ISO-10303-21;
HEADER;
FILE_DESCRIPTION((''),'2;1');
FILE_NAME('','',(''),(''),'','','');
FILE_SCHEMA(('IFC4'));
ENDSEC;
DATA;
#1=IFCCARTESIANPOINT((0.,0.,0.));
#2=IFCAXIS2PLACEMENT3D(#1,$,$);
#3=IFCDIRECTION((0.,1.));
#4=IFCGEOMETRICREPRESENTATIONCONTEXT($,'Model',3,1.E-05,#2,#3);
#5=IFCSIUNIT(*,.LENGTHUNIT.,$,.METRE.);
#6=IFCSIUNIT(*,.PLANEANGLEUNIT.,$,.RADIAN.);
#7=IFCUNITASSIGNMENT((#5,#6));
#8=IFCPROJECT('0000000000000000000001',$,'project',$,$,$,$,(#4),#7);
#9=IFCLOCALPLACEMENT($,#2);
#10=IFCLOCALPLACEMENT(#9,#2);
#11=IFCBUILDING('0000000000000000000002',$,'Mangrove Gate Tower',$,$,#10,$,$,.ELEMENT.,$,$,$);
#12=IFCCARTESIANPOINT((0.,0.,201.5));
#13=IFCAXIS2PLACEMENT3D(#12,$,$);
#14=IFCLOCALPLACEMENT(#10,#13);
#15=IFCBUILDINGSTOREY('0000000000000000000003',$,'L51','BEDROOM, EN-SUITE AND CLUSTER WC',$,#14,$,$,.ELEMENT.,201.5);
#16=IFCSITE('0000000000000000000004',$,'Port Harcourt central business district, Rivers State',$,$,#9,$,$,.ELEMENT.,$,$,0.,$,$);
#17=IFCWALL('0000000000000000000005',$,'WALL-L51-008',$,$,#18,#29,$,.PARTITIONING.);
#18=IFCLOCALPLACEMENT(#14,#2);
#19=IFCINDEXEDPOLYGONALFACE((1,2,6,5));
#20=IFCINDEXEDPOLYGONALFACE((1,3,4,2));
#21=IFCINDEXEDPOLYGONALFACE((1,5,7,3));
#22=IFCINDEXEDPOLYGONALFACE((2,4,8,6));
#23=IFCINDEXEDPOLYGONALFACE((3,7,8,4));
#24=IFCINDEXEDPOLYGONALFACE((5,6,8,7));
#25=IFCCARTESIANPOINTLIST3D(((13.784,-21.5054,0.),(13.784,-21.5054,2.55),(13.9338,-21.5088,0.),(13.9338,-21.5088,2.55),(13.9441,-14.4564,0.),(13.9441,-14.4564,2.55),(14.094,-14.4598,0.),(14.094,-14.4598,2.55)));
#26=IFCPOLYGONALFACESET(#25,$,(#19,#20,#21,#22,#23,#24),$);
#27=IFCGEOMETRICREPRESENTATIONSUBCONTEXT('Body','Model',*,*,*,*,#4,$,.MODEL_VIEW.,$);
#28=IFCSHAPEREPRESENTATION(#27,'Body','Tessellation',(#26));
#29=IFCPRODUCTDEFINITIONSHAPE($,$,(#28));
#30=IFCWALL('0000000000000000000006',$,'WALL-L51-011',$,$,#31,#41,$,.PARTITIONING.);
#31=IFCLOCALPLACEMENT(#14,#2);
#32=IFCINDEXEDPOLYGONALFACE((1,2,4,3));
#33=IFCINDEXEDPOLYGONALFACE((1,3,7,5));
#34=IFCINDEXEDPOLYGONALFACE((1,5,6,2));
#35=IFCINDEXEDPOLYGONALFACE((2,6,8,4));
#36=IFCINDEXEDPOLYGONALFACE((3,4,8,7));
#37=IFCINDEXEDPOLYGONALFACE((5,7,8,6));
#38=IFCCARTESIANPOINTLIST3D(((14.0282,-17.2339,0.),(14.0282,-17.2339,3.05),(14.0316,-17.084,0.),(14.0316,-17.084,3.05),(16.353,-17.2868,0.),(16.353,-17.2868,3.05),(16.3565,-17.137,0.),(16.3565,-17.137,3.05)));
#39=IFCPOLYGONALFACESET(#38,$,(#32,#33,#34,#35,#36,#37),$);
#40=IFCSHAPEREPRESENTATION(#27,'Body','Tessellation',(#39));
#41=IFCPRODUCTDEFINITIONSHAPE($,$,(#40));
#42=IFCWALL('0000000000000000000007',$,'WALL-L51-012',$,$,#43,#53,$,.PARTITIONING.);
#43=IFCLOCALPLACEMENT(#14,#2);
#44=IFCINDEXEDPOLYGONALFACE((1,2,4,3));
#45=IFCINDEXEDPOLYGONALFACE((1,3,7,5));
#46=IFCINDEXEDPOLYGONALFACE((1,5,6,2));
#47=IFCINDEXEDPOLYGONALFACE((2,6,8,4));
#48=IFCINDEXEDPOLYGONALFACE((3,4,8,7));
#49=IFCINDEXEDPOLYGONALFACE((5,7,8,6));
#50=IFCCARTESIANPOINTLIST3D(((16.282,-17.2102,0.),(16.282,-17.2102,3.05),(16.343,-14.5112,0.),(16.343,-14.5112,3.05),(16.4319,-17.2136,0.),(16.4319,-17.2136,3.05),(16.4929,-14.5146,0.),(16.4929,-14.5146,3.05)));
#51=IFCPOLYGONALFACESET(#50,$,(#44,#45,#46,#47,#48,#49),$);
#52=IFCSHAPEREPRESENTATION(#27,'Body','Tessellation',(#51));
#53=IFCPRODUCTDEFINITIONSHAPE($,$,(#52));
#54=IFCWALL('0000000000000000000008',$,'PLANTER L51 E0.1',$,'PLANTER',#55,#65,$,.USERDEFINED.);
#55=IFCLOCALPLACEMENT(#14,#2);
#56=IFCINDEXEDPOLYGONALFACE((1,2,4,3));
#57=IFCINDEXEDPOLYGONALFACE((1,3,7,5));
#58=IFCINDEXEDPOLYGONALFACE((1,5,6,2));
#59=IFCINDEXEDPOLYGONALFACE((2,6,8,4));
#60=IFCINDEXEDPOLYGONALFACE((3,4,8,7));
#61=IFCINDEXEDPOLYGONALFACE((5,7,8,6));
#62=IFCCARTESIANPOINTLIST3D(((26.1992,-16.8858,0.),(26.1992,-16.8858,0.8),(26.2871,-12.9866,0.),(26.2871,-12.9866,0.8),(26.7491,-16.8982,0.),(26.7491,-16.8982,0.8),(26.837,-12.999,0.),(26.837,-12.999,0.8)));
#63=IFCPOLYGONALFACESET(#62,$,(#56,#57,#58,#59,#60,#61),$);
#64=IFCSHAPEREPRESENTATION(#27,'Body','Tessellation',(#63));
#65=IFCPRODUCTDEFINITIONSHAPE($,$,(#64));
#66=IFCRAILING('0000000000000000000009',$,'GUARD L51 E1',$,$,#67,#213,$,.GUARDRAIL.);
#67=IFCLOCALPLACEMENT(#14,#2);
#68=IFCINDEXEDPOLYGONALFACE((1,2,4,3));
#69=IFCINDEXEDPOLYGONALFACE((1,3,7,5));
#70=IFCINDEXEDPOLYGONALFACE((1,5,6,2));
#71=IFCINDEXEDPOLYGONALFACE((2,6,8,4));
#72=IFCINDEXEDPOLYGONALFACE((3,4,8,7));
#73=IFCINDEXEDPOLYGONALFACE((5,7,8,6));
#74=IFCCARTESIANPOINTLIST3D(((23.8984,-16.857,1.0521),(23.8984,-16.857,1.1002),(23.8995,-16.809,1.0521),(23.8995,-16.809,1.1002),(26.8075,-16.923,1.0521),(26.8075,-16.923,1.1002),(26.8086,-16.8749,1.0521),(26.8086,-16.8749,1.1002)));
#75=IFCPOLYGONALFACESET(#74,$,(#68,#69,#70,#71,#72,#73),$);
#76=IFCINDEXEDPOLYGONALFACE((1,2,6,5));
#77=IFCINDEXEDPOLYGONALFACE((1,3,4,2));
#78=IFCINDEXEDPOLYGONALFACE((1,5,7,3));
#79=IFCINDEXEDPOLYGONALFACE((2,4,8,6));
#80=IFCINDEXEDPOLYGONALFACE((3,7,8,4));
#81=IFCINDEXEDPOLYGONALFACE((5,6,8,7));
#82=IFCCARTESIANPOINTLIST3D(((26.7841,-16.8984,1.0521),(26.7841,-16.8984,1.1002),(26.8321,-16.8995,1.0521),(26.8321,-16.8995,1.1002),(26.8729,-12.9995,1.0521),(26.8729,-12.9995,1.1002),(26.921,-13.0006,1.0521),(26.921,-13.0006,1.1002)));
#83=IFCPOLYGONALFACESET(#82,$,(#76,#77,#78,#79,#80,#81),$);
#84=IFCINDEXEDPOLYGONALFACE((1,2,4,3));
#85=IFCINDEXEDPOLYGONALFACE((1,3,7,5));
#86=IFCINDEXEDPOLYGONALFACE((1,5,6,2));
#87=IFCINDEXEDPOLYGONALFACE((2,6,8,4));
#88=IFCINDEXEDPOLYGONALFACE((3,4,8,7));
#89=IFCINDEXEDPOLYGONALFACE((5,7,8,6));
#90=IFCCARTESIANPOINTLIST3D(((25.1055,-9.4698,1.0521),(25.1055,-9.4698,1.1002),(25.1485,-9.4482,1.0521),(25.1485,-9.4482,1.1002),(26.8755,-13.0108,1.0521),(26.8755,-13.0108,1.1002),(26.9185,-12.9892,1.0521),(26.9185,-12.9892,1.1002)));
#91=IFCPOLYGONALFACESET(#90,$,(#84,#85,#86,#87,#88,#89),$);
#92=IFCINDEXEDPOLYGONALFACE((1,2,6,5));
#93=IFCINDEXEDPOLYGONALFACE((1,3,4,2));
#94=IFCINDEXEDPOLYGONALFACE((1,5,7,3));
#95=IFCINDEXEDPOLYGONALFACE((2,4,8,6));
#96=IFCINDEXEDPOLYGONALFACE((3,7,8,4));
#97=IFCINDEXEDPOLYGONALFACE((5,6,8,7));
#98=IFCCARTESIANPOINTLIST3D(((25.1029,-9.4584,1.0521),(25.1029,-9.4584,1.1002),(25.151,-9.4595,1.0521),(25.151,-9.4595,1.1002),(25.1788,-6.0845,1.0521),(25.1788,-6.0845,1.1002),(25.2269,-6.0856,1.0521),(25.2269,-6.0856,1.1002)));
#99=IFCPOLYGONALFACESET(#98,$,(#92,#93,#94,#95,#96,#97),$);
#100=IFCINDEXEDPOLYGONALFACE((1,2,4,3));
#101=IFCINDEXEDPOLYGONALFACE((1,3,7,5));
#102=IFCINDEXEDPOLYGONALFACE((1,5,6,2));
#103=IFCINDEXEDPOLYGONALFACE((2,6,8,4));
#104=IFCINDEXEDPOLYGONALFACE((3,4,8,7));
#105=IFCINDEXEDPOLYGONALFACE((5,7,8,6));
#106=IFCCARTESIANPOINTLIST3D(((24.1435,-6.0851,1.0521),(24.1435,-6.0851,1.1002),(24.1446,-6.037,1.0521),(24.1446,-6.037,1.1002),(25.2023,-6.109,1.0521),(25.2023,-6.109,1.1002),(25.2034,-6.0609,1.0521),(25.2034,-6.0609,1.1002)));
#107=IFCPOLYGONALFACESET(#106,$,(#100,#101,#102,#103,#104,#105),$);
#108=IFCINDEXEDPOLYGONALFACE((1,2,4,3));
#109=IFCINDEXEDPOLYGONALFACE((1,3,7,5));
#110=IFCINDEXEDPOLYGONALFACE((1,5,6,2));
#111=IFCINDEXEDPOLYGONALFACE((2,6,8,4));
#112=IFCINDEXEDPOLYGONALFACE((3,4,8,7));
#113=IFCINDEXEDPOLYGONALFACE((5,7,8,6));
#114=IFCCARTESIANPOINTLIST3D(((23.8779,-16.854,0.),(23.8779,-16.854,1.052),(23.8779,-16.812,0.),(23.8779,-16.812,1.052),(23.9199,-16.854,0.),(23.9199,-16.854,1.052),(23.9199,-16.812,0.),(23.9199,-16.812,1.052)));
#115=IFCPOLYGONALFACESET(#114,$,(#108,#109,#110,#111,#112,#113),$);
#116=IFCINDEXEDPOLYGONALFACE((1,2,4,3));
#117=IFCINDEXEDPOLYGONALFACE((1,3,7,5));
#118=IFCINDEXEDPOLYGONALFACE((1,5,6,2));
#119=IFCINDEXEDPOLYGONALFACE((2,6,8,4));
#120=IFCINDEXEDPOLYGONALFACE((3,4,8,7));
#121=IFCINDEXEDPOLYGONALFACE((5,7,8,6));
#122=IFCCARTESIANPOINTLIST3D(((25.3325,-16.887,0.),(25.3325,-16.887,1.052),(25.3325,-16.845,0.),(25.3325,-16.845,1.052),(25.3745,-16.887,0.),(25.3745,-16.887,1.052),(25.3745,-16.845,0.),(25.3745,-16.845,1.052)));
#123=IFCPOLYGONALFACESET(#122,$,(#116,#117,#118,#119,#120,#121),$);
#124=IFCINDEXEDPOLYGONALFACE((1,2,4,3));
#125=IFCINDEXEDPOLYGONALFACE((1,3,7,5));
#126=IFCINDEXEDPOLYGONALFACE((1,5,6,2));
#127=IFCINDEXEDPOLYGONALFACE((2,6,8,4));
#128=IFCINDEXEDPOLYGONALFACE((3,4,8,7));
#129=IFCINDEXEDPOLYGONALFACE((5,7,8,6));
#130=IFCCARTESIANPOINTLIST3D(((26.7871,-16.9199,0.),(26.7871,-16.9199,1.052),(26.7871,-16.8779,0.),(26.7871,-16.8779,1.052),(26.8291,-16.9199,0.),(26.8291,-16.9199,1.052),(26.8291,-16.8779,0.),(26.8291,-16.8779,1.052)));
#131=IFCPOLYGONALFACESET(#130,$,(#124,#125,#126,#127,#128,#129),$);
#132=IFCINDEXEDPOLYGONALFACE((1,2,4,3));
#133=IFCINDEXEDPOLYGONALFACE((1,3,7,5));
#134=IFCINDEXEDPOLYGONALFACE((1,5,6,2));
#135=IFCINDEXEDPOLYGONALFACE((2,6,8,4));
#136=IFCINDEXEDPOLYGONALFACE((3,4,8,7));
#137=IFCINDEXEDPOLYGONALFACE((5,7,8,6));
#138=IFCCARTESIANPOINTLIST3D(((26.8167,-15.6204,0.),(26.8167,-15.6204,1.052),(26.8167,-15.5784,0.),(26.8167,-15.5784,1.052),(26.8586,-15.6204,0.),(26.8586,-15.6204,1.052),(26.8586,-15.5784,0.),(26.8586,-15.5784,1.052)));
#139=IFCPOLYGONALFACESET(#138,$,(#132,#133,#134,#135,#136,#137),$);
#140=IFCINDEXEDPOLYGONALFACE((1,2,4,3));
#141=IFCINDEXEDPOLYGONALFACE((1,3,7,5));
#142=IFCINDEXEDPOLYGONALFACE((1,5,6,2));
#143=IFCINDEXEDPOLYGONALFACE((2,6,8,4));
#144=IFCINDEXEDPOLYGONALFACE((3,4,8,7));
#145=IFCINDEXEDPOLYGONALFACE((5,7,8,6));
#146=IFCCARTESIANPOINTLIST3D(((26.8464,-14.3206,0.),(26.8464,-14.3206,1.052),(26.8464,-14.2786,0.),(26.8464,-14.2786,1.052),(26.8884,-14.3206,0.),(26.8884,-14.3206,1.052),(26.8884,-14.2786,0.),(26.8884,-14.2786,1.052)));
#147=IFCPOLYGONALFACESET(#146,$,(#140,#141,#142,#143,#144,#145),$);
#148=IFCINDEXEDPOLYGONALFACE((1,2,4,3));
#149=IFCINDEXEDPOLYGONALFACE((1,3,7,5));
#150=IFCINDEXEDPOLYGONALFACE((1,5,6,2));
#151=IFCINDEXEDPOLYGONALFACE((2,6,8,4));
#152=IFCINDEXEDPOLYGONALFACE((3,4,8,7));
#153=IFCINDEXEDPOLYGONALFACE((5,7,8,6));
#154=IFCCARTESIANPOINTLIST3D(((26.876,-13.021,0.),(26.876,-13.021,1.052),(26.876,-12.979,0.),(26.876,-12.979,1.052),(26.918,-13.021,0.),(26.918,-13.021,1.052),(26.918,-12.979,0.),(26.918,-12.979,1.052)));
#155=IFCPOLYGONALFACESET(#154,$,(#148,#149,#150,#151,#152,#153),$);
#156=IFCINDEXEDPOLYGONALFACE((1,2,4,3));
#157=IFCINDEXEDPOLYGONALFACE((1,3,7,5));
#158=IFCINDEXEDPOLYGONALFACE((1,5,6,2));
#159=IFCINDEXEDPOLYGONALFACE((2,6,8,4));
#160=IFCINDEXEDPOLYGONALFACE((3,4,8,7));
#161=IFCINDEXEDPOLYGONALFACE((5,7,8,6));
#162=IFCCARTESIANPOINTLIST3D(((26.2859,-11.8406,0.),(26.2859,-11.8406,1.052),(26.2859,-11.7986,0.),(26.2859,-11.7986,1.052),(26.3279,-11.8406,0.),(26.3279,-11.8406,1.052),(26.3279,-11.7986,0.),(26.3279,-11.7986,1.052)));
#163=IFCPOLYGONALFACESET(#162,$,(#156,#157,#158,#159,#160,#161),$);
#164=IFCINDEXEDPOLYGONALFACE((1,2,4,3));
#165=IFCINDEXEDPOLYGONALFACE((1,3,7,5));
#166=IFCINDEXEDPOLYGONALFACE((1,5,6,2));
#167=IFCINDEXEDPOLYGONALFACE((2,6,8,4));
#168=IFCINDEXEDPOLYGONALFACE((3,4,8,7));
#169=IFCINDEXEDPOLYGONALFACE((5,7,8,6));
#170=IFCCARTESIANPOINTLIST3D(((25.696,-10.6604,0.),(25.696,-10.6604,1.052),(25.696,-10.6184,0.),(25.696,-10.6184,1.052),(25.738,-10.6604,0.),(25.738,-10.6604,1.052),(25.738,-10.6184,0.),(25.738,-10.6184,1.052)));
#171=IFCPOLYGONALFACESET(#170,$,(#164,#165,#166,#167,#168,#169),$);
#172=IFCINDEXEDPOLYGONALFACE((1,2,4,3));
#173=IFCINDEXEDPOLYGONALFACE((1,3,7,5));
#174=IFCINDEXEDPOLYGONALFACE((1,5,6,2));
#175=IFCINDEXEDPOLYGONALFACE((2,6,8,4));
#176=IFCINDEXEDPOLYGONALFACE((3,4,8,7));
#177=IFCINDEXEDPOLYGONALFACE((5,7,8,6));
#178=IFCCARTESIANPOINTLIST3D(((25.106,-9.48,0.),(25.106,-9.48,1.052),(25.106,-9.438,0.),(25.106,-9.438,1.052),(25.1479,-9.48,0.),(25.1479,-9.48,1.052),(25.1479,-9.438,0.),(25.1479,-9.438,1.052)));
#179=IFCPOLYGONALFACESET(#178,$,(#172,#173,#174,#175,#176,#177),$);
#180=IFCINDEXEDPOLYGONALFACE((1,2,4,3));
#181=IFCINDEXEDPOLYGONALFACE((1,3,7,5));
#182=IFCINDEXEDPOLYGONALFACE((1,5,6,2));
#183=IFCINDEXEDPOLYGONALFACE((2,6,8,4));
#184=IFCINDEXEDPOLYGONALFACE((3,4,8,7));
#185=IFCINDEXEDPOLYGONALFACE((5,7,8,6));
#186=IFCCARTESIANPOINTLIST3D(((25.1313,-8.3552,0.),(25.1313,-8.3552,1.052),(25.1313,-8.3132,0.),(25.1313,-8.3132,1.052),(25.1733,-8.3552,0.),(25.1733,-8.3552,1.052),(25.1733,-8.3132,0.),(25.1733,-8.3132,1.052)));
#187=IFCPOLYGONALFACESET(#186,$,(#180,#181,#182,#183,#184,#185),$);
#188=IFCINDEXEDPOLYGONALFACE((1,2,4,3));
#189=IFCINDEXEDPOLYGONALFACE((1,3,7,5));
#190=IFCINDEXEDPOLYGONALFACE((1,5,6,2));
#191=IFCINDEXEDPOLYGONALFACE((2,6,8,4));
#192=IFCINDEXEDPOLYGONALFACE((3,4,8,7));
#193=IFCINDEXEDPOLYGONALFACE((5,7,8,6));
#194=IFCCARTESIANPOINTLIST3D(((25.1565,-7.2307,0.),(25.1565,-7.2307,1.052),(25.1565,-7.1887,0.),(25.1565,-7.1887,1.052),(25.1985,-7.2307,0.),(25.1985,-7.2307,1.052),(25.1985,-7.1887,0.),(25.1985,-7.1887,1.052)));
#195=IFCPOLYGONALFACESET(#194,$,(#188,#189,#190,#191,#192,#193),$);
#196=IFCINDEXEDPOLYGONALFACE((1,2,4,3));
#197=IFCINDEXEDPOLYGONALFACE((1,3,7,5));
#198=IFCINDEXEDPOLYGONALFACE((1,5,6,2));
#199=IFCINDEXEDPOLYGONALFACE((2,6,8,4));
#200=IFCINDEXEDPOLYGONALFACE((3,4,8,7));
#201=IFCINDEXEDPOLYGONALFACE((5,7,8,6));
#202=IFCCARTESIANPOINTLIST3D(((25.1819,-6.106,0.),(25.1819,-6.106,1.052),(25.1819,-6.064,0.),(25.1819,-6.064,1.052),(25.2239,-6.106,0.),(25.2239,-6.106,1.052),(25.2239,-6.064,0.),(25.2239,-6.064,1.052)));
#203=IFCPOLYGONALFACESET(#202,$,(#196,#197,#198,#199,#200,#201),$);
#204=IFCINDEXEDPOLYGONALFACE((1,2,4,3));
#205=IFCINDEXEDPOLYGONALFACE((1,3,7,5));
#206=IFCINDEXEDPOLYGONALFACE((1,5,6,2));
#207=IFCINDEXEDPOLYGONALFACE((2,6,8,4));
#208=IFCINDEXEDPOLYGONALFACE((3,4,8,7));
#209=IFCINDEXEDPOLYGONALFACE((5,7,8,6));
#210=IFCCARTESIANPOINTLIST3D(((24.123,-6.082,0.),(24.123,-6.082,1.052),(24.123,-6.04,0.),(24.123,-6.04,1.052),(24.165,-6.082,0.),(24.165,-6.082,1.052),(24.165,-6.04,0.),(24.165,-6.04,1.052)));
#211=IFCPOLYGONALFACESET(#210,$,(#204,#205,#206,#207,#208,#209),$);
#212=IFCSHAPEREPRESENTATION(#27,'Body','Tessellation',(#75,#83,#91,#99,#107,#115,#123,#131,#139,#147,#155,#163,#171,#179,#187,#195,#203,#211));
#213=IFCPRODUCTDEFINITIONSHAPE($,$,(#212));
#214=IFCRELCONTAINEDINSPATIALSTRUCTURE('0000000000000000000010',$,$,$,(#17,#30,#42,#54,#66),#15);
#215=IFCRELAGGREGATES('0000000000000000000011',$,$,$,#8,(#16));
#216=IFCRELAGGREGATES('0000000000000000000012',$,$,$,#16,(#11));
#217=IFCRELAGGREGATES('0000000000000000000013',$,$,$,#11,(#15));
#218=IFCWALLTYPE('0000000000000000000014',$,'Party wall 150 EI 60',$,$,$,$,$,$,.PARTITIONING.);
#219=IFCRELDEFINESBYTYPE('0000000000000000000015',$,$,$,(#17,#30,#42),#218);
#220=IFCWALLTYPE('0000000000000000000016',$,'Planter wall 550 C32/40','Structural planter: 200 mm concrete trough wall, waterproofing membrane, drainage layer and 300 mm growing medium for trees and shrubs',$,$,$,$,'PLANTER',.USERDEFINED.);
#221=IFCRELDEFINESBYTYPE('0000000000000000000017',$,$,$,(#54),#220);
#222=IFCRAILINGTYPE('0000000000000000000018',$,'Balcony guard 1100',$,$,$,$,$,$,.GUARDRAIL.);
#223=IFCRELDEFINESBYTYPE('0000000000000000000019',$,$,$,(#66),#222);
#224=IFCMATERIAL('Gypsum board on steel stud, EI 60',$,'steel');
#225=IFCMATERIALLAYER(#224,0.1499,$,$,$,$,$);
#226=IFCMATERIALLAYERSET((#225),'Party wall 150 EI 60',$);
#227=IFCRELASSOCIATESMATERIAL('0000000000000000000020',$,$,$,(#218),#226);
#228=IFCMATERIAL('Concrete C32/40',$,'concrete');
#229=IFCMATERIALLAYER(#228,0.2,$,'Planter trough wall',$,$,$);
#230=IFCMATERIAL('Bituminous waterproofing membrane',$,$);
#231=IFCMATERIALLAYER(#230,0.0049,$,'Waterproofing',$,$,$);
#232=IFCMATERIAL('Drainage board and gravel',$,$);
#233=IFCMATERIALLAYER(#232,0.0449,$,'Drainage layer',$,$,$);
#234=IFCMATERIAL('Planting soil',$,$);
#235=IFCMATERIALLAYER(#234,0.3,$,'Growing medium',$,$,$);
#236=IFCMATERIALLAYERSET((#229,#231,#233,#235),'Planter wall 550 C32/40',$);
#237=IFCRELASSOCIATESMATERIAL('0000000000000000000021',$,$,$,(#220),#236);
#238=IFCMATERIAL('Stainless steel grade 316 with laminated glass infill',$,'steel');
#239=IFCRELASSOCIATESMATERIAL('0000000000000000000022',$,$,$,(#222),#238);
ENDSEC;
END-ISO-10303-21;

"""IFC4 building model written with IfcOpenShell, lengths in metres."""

from ifc_helpers import new_model, si_unit, direction, frame, frame_2d, origin, origin_2d, place, context, subcontext, project, spatial, rectangle, extrude, material, layer, layer_set, type_object, element, save


model = new_model("IFC4")

# Units and contexts
model_context = context("Model", 3, precision=1e-05, world=origin(), true_north=direction((0.0, 1.0)))
body_context = subcontext(model_context, "Body", "Model", "MODEL_VIEW")
ifc_project = project(units=[si_unit("LENGTHUNIT", "METRE"), si_unit("PLANEANGLEUNIT", "RADIAN")], contexts=[model_context])

# Site, building, storey
site_placement = place(None, origin())
site = spatial("IfcSite", under=ifc_project, at=site_placement, Name="Port Harcourt central business district, Rivers State", CompositionType="ELEMENT", RefElevation=0.0)
building_placement = place(site_placement, origin())
building = spatial("IfcBuilding", under=site, at=building_placement, Name="Mangrove Gate Tower", CompositionType="ELEMENT")
storey_placement = place(building_placement, frame((0.0, 0.0, 201.5)))
storey = spatial("IfcBuildingStorey", under=building, at=storey_placement, Name="L51", Description="BEDROOM, EN-SUITE AND CLUSTER WC", CompositionType="ELEMENT", Elevation=201.5)

# Walls
ifc_material_1 = material(Name="Gypsum board on steel stud, EI 60", Category="steel")
ifc_layer_1 = layer(ifc_material_1, 0.1499)
ifc_layer_set_1 = layer_set([ifc_layer_1], Name="Party wall 150 EI 60")
wall_type_1 = type_object("IfcWallType", Name="Party wall 150 EI 60", PredefinedType="PARTITIONING", material=ifc_layer_set_1)
wall_1_placement = place(storey_placement, frame((13.8589, -21.5071, 0.0), z_axis=(0.0, 0.0, 1.0), x_axis=(0.022714, 0.999742, 0.0)))
element("IfcWall", 1, at=wall_1_placement, inside=storey, type_object=wall_type_1, Name="WALL-L51-008", PredefinedType="PARTITIONING", context=body_context, shape_type="SweptSolid", body=[
    extrude(rectangle(XDim=7.0508, YDim=0.1499, at=frame_2d((3.5254, 0.0))), origin(), (0.0, 0.0, 1.0), 2.55),
])
wall_2_placement = place(storey_placement, frame((14.03, -17.1589, 0.0), z_axis=(0.0, 0.0, 1.0), x_axis=(0.99974, -0.022781, 0.0)))
element("IfcWall", 2, at=wall_2_placement, inside=storey, type_object=wall_type_1, Name="WALL-L51-011", PredefinedType="PARTITIONING", context=body_context, shape_type="SweptSolid", body=[
    extrude(rectangle(XDim=2.3254, YDim=0.1499, at=frame_2d((1.1626, 0.0))), origin(), (0.0, 0.0, 1.0), 3.05),
])
wall_3_placement = place(storey_placement, frame((16.3569, -17.2119, 0.0), z_axis=(0.0, 0.0, 1.0), x_axis=(0.022608, 0.999744, 0.0)))
element("IfcWall", 3, at=wall_3_placement, inside=storey, type_object=wall_type_1, Name="WALL-L51-012", PredefinedType="PARTITIONING", context=body_context, shape_type="SweptSolid", body=[
    extrude(rectangle(XDim=2.6997, YDim=0.1499, at=frame_2d((1.3499, 0.0))), origin(), (0.0, 0.0, 1.0), 3.05),
])
ifc_material_2 = material(Name="Concrete C32/40", Category="concrete")
ifc_layer_2 = layer(ifc_material_2, 0.2, Name="Planter trough wall")
ifc_material_3 = material(Name="Bituminous waterproofing membrane")
ifc_layer_3 = layer(ifc_material_3, 0.0049, Name="Waterproofing")
ifc_material_4 = material(Name="Drainage board and gravel")
ifc_layer_4 = layer(ifc_material_4, 0.0449, Name="Drainage layer")
ifc_material_5 = material(Name="Planting soil")
ifc_layer_5 = layer(ifc_material_5, 0.3, Name="Growing medium")
ifc_layer_set_2 = layer_set([ifc_layer_2, ifc_layer_3, ifc_layer_4, ifc_layer_5], Name="Planter wall 550 C32/40")
wall_type_2 = type_object("IfcWallType", Name="Planter wall 550 C32/40", Description="Structural planter: 200 mm concrete trough wall, waterproofing membrane, drainage layer and 300 mm growing medium for trees and shrubs", ElementType="PLANTER", PredefinedType="USERDEFINED", material=ifc_layer_set_2)
wall_4_placement = place(storey_placement, frame((26.4741, -16.8921, 0.0), z_axis=(0.0, 0.0, 1.0), x_axis=(0.022535, 0.999746, 0.0)))
element("IfcWall", 4, at=wall_4_placement, inside=storey, type_object=wall_type_2, Name="PLANTER L51 E0.1", ObjectType="PLANTER", PredefinedType="USERDEFINED", context=body_context, shape_type="SweptSolid", body=[
    extrude(rectangle(XDim=3.9001, YDim=0.55, at=frame_2d((1.9502, 0.0))), origin(), (0.0, 0.0, 1.0), 0.8),
])

# Railing
ifc_material_6 = material(Name="Stainless steel grade 316 with laminated glass infill", Category="steel")
railing_type = type_object("IfcRailingType", Name="Balcony guard 1100", PredefinedType="GUARDRAIL", material=ifc_material_6)
railing_placement = place(storey_placement, frame((23.8989, -16.833, 0.0)))
element("IfcRailing", 5, at=railing_placement, inside=storey, type_object=railing_type, Name="GUARD L51 E1", PredefinedType="GUARDRAIL", context=body_context, shape_type="SweptSolid", body=[
    extrude(rectangle(XDim=0.0481, YDim=0.0481, at=origin_2d()), frame((0.0, 0.0, 1.0762), z_axis=(0.999743, -0.022653, 0.0), x_axis=(0.022653, 0.999743, 0.0)), (0.0, 0.0, 1.0), 2.9099),
    extrude(rectangle(XDim=0.0481, YDim=0.0481, at=origin_2d()), frame((2.9092, -0.0659, 1.0762), z_axis=(0.022787, 0.99974, 0.0), x_axis=(-0.99974, 0.022787, 0.0)), (0.0, 0.0, 1.0), 3.8999),
    extrude(rectangle(XDim=0.0481, YDim=0.0481, at=origin_2d()), frame((2.998, 3.833, 1.0762), z_axis=(-0.447115, 0.894477, 0.0), x_axis=(-0.894477, -0.447115, 0.0)), (0.0, 0.0, 1.0), 3.9587),
    extrude(rectangle(XDim=0.0481, YDim=0.0481, at=origin_2d()), frame((1.228, 7.374, 1.0762), z_axis=(0.022498, 0.999747, 0.0), x_axis=(-0.999747, 0.022498, 0.0)), (0.0, 0.0, 1.0), 3.3748),
    extrude(rectangle(XDim=0.0481, YDim=0.0481, at=origin_2d()), frame((1.304, 10.748, 1.0762), z_axis=(-0.999745, 0.02259, 0.0), x_axis=(-0.02259, -0.999745, 0.0)), (0.0, 0.0, 1.0), 1.0591),
    extrude(rectangle(XDim=0.042, YDim=0.042, at=origin_2d()), origin(), (0.0, 0.0, 1.0), 1.052),
    extrude(rectangle(XDim=0.042, YDim=0.042, at=origin_2d()), frame((1.4546, -0.033, 0.0)), (0.0, 0.0, 1.0), 1.052),
    extrude(rectangle(XDim=0.042, YDim=0.042, at=origin_2d()), frame((2.9092, -0.0659, 0.0)), (0.0, 0.0, 1.0), 1.052),
    extrude(rectangle(XDim=0.042, YDim=0.042, at=origin_2d()), frame((2.9387, 1.2336, 0.0)), (0.0, 0.0, 1.0), 1.052),
    extrude(rectangle(XDim=0.042, YDim=0.042, at=origin_2d()), frame((2.9685, 2.5334, 0.0)), (0.0, 0.0, 1.0), 1.052),
    extrude(rectangle(XDim=0.042, YDim=0.042, at=origin_2d()), frame((2.998, 3.833, 0.0)), (0.0, 0.0, 1.0), 1.052),
    extrude(rectangle(XDim=0.042, YDim=0.042, at=origin_2d()), frame((2.408, 5.0134, 0.0)), (0.0, 0.0, 1.0), 1.052),
    extrude(rectangle(XDim=0.042, YDim=0.042, at=origin_2d()), frame((1.8181, 6.1936, 0.0)), (0.0, 0.0, 1.0), 1.052),
    extrude(rectangle(XDim=0.042, YDim=0.042, at=origin_2d()), frame((1.228, 7.374, 0.0)), (0.0, 0.0, 1.0), 1.052),
    extrude(rectangle(XDim=0.042, YDim=0.042, at=origin_2d()), frame((1.2534, 8.4988, 0.0)), (0.0, 0.0, 1.0), 1.052),
    extrude(rectangle(XDim=0.042, YDim=0.042, at=origin_2d()), frame((1.2786, 9.6233, 0.0)), (0.0, 0.0, 1.0), 1.052),
    extrude(rectangle(XDim=0.042, YDim=0.042, at=origin_2d()), frame((1.304, 10.748, 0.0)), (0.0, 0.0, 1.0), 1.052),
    extrude(rectangle(XDim=0.042, YDim=0.042, at=origin_2d()), frame((0.2451, 10.772, 0.0)), (0.0, 0.0, 1.0), 1.052),
])

save(model, "model.ifc")
